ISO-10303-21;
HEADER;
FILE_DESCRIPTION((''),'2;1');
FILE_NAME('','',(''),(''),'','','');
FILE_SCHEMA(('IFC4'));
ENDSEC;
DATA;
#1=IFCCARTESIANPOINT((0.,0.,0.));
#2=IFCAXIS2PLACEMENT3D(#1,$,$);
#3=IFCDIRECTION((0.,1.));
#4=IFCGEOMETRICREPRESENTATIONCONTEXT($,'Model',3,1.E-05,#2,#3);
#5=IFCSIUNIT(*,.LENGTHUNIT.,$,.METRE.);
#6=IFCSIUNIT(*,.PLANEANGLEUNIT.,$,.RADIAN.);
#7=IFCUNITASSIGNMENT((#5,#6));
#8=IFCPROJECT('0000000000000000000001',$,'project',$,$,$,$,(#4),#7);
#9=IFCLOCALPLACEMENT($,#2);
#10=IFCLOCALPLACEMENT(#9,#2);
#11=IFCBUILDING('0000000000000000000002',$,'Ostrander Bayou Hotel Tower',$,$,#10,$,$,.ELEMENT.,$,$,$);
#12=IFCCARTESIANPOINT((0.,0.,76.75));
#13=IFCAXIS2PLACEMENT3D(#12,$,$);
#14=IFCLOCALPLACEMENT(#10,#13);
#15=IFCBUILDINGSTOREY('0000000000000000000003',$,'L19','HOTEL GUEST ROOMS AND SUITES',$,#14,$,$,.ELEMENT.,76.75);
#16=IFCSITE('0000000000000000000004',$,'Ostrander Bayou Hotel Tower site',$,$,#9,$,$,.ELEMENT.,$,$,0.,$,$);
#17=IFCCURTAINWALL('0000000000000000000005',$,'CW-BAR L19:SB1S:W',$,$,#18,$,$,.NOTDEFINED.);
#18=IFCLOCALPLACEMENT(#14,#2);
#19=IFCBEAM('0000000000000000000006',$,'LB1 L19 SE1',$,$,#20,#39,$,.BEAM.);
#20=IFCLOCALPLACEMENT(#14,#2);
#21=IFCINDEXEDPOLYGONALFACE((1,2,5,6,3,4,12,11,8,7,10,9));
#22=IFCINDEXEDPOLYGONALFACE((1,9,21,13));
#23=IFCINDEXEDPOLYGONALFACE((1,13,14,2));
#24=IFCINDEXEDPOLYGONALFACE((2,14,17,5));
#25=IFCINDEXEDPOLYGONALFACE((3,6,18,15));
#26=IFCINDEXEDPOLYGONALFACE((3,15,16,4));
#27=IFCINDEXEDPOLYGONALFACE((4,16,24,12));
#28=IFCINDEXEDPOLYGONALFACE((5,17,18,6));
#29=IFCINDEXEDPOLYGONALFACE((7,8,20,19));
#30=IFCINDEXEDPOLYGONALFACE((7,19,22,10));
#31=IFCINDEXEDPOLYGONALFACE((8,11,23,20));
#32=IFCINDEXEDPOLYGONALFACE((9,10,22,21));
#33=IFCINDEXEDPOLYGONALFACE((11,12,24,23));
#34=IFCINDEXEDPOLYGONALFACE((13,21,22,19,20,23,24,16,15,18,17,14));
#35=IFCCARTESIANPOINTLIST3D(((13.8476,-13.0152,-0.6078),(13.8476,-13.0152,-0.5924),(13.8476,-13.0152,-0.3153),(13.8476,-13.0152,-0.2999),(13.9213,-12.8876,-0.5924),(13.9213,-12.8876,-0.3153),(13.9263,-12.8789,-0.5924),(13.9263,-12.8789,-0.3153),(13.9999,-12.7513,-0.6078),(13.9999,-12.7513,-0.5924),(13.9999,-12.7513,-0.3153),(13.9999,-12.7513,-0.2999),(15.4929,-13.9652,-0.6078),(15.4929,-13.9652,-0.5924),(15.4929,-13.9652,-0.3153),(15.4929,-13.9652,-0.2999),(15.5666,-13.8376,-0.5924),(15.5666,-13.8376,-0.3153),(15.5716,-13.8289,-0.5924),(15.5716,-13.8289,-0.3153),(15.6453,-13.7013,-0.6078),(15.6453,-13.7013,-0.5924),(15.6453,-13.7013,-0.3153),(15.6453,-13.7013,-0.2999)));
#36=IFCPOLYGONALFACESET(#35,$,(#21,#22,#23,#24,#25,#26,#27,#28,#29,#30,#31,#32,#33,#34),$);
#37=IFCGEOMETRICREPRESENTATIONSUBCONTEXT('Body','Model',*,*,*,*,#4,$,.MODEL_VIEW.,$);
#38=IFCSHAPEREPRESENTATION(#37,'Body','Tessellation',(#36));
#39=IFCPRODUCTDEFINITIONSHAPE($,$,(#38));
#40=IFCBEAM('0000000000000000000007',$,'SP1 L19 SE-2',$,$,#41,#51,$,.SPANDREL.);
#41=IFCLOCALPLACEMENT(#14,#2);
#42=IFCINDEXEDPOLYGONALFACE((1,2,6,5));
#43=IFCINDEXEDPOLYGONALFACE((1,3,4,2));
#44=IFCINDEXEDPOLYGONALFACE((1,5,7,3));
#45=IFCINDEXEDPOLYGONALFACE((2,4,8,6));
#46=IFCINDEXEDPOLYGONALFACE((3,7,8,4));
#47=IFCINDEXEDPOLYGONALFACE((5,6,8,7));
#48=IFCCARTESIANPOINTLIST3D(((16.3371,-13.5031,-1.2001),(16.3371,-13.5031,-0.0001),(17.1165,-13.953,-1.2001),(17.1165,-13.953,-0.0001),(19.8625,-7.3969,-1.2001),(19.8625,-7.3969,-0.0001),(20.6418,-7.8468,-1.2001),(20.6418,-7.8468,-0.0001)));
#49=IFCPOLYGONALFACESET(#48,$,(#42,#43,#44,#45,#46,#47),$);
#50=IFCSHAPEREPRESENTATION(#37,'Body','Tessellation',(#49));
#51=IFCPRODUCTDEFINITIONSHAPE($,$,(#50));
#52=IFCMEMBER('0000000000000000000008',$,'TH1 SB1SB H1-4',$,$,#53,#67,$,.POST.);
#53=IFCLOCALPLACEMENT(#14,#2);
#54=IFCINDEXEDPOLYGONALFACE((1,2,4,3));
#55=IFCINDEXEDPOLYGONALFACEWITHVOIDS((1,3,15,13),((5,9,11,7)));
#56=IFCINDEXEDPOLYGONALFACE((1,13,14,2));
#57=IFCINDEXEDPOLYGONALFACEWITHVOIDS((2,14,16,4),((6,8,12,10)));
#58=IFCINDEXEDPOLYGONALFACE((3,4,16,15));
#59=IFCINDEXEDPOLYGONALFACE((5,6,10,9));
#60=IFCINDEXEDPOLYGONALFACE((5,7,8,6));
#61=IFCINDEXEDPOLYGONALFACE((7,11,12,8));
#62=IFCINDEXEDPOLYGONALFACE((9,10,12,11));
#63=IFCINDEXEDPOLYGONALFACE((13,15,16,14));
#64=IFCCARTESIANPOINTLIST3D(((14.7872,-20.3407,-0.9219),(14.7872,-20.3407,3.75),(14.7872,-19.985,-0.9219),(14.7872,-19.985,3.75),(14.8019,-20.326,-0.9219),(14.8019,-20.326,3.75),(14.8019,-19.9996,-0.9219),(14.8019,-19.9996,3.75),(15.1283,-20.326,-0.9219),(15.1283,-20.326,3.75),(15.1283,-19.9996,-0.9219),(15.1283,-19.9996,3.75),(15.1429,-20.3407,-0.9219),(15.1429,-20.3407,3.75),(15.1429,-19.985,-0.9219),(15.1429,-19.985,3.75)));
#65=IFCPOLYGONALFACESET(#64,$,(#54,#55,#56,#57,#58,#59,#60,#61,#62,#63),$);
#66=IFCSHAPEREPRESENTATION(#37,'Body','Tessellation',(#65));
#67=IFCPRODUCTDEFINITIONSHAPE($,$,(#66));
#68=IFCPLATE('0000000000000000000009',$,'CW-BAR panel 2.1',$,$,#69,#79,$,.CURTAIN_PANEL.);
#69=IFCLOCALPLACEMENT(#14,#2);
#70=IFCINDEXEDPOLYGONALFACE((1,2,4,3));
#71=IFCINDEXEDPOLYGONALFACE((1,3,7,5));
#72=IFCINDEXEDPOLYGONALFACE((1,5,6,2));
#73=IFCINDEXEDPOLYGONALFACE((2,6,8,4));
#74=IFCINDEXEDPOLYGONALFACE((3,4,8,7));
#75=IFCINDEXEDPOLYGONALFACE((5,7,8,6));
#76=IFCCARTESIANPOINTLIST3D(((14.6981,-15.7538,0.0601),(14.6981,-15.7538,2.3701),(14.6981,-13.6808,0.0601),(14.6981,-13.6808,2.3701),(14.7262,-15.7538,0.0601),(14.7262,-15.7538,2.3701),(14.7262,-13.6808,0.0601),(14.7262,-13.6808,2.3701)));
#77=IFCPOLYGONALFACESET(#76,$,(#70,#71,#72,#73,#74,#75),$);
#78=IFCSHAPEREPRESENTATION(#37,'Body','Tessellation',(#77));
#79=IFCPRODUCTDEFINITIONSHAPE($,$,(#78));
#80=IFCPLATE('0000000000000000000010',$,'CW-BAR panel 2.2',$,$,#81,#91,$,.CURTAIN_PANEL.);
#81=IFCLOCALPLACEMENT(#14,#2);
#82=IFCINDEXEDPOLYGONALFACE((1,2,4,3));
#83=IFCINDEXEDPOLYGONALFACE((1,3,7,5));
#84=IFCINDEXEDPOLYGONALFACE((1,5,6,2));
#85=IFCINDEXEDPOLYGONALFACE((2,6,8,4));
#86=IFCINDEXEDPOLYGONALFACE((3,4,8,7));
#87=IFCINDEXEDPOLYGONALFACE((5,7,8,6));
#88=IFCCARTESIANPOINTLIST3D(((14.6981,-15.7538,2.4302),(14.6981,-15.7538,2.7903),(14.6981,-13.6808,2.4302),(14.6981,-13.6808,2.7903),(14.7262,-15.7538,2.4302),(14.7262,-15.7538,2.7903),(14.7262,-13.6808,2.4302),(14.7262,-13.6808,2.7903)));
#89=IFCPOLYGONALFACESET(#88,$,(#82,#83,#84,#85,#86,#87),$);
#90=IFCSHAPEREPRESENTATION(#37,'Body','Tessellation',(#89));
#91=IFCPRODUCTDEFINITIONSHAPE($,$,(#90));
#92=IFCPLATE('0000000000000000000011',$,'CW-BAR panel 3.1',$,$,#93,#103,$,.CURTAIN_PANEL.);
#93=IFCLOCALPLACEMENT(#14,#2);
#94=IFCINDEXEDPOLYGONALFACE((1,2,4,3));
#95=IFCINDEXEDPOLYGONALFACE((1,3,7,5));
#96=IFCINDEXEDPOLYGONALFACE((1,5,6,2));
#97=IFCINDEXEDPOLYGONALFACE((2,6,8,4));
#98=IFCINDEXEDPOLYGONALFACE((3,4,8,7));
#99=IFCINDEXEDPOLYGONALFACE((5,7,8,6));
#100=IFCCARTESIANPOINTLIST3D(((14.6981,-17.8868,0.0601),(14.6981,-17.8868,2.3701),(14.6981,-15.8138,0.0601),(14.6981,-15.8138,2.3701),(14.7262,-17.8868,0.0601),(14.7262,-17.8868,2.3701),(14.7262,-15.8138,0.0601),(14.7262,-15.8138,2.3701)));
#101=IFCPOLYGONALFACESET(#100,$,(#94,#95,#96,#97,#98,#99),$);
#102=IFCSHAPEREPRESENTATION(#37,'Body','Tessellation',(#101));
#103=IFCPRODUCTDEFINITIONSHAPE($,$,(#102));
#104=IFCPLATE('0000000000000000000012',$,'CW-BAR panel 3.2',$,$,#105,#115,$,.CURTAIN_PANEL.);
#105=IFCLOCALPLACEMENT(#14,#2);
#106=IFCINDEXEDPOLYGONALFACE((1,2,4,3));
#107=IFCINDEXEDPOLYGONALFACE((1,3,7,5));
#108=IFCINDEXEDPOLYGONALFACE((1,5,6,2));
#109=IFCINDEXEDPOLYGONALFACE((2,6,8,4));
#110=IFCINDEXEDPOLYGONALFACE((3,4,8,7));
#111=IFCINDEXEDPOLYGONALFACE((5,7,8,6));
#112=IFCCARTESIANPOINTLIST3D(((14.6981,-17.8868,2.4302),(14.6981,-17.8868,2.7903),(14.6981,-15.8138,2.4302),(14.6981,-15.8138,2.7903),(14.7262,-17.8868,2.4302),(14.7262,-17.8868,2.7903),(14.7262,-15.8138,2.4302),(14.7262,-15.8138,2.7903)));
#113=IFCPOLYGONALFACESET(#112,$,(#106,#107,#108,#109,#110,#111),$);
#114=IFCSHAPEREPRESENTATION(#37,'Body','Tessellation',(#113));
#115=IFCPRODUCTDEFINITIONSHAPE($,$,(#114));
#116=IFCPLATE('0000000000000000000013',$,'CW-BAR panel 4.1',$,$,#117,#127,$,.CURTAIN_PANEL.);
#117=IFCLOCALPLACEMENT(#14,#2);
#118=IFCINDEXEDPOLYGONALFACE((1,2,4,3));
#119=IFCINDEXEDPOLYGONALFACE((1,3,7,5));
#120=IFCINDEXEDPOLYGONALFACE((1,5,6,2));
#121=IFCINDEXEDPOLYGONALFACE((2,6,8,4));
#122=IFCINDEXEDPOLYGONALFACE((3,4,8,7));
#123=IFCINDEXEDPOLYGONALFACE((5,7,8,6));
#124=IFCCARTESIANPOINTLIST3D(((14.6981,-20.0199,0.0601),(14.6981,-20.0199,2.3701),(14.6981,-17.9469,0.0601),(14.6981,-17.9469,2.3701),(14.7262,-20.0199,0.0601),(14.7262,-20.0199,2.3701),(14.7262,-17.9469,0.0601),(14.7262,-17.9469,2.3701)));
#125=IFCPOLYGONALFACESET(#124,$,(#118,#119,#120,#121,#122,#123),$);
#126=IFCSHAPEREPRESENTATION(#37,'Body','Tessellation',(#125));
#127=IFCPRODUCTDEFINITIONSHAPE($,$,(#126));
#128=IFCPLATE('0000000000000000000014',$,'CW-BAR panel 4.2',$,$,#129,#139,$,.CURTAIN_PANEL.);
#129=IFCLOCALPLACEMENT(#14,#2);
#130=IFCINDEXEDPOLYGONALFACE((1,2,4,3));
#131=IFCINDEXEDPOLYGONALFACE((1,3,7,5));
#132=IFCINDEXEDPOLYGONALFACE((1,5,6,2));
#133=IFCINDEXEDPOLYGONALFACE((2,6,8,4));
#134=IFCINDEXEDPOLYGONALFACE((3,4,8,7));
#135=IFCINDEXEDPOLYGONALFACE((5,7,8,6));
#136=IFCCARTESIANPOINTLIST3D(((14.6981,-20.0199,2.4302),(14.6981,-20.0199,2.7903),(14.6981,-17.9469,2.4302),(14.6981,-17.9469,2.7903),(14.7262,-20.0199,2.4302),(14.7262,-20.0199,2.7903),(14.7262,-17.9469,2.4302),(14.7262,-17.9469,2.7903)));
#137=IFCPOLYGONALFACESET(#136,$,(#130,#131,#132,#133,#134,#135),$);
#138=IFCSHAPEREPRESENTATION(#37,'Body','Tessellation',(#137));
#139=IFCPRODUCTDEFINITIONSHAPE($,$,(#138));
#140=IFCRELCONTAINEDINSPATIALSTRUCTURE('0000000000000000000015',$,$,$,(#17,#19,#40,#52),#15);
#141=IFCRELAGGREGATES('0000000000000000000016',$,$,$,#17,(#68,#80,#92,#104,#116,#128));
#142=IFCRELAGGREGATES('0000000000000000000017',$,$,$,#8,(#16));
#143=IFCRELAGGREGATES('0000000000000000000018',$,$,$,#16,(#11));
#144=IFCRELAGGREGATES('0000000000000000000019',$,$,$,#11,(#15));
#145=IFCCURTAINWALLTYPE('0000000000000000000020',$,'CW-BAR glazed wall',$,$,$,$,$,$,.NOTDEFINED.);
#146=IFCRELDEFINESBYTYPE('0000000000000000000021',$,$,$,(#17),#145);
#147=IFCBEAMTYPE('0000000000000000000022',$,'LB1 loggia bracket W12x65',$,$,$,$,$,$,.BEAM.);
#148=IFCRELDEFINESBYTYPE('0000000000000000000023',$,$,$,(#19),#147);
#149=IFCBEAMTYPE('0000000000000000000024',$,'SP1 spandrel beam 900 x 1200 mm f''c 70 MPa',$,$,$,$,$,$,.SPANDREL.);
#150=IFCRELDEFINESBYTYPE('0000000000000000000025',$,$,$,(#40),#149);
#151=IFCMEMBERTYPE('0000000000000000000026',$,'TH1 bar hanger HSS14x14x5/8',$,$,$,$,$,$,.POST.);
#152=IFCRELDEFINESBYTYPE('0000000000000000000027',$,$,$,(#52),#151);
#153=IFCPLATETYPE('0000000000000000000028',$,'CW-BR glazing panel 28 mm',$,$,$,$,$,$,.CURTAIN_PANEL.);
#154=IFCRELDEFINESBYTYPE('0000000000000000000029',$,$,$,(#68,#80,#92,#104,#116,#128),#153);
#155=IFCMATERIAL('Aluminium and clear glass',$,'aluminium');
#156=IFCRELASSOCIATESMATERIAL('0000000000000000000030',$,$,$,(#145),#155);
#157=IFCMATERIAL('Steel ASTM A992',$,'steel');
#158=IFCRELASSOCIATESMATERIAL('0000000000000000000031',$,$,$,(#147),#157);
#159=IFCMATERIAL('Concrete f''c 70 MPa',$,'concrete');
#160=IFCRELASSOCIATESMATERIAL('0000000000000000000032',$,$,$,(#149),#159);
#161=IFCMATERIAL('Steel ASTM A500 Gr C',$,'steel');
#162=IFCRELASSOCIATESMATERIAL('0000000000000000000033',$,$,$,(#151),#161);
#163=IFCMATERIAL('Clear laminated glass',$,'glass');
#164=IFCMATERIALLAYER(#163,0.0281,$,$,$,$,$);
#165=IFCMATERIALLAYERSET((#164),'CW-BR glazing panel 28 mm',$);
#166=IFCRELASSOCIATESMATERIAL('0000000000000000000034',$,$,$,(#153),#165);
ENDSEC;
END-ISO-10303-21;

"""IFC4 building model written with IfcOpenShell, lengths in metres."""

from ifc_helpers import new_model, si_unit, direction, frame, origin, origin_2d, place, context, subcontext, project, spatial, rectangle, hollow_rectangle, i_section, extrude, material, layer, layer_set, material_profile, profile_set, type_object, element, aggregate, save


model = new_model("IFC4")

# Units and contexts
model_context = context("Model", 3, precision=1e-05, world=origin(), true_north=direction((0.0, 1.0)))
body_context = subcontext(model_context, "Body", "Model", "MODEL_VIEW")
ifc_project = project(units=[si_unit("LENGTHUNIT", "METRE"), si_unit("PLANEANGLEUNIT", "RADIAN")], contexts=[model_context])

# Site, building, storey
site_placement = place(None, origin())
site = spatial("IfcSite", under=ifc_project, at=site_placement, Name="Ostrander Bayou Hotel Tower site", CompositionType="ELEMENT", RefElevation=0.0)
building_placement = place(site_placement, origin())
building = spatial("IfcBuilding", under=site, at=building_placement, Name="Ostrander Bayou Hotel Tower", CompositionType="ELEMENT")
storey_placement = place(building_placement, frame((0.0, 0.0, 76.75)))
storey = spatial("IfcBuildingStorey", under=building, at=storey_placement, Name="L19", Description="HOTEL GUEST ROOMS AND SUITES", CompositionType="ELEMENT", Elevation=76.75)

# Curtain wall
ifc_material_1 = material(Name="Aluminium and clear glass", Category="aluminium")
curtain_wall_type = type_object("IfcCurtainWallType", Name="CW-BAR glazed wall", PredefinedType="NOTDEFINED", material=ifc_material_1)
curtain_wall_placement = place(storey_placement, origin())
curtain_wall = element("IfcCurtainWall", 1, at=curtain_wall_placement, inside=storey, type_object=curtain_wall_type, Name="CW-BAR L19:SB1S:W", PredefinedType="NOTDEFINED")

# Beams
ifc_material_2 = material(Name="Steel ASTM A992", Category="steel")
ifc_material_profile_1 = material_profile(ifc_material_2, i_section(OverallWidth=0.3047, OverallDepth=0.3079, WebThickness=0.01, FlangeThickness=0.0154, at=origin_2d()))
ifc_profile_set_1 = profile_set([ifc_material_profile_1], Name="Steel ASTM A992")
beam_type_1 = type_object("IfcBeamType", Name="LB1 loggia bracket W12x65", PredefinedType="BEAM", material=ifc_profile_set_1)
beam_1_placement = place(storey_placement, frame((15.5691, -13.8333, -0.4539), z_axis=(-0.866012, 0.500023, 0.0), x_axis=(-0.500023, -0.866012, 0.0)))
element("IfcBeam", 2, at=beam_1_placement, inside=storey, type_object=beam_type_1, Name="LB1 L19 SE1", PredefinedType="BEAM", context=body_context, shape_type="SweptSolid", body=[
    extrude(i_section(OverallWidth=0.3047, OverallDepth=0.3079, WebThickness=0.01, FlangeThickness=0.0154, at=origin_2d()), origin(), (0.0, 0.0, 1.0), 1.8999),
])
ifc_material_3 = material(Name="Concrete f'c 70 MPa", Category="concrete")
ifc_material_profile_2 = material_profile(ifc_material_3, rectangle(XDim=0.8999, YDim=1.2, at=origin_2d()))
ifc_profile_set_2 = profile_set([ifc_material_profile_2], Name="Concrete f'c 70 MPa")
beam_type_2 = type_object("IfcBeamType", Name="SP1 spandrel beam 900 x 1200 mm f'c 70 MPa", PredefinedType="SPANDREL", material=ifc_profile_set_2)
beam_2_placement = place(storey_placement, frame((16.7268, -13.728, -0.6001), z_axis=(0.499997, 0.866027, 0.0), x_axis=(-0.866027, 0.499997, 0.0)))
element("IfcBeam", 3, at=beam_2_placement, inside=storey, type_object=beam_type_2, Name="SP1 L19 SE-2", PredefinedType="SPANDREL", context=body_context, shape_type="SweptSolid", body=[
    extrude(rectangle(XDim=0.8999, YDim=1.2, at=origin_2d()), origin(), (0.0, 0.0, 1.0), 7.0508),
])

# Member
ifc_material_4 = material(Name="Steel ASTM A500 Gr C", Category="steel")
ifc_material_profile_3 = material_profile(ifc_material_4, hollow_rectangle(XDim=0.3557, YDim=0.3557, WallThickness=0.0146, at=origin_2d()))
ifc_profile_set_3 = profile_set([ifc_material_profile_3], Name="Steel ASTM A500 Gr C")
member_type_1 = type_object("IfcMemberType", Name="TH1 bar hanger HSS14x14x5/8", PredefinedType="POST", material=ifc_profile_set_3)
member_1_placement = place(storey_placement, frame((14.9651, -20.1628, -0.9219), z_axis=(0.0, 0.0, 1.0), x_axis=(1.0, 0.0, 0.0)))
element("IfcMember", 4, at=member_1_placement, inside=storey, type_object=member_type_1, Name="TH1 SB1SB H1-4", PredefinedType="POST", context=body_context, shape_type="SweptSolid", body=[
    extrude(hollow_rectangle(XDim=0.3557, YDim=0.3557, WallThickness=0.0146, at=origin_2d()), origin(), (0.0, 0.0, 1.0), 4.6719),
])

# Plates
ifc_material_5 = material(Name="Clear laminated glass", Category="glass")
ifc_layer = layer(ifc_material_5, 0.0281)
ifc_layer_set = layer_set([ifc_layer], Name="CW-BR glazing panel 28 mm")
plate_type = type_object("IfcPlateType", Name="CW-BR glazing panel 28 mm", PredefinedType="CURTAIN_PANEL", material=ifc_layer_set)
plate_1_placement = place(storey_placement, frame((14.7122, -14.7173, 0.0601), z_axis=(0.0, 0.0, 1.0), x_axis=(0.0, -1.0, 0.0)))
plate_1 = element("IfcPlate", 5, at=plate_1_placement, type_object=plate_type, Name="CW-BAR panel 2.1", PredefinedType="CURTAIN_PANEL", context=body_context, shape_type="SweptSolid", body=[
    extrude(rectangle(XDim=2.073, YDim=0.0281, at=origin_2d()), origin(), (0.0, 0.0, 1.0), 2.3101),
])
plate_2_placement = place(storey_placement, frame((14.7122, -14.7173, 2.4302), z_axis=(0.0, 0.0, 1.0), x_axis=(0.0, -1.0, 0.0)))
plate_2 = element("IfcPlate", 6, at=plate_2_placement, type_object=plate_type, Name="CW-BAR panel 2.2", PredefinedType="CURTAIN_PANEL", context=body_context, shape_type="SweptSolid", body=[
    extrude(rectangle(XDim=2.073, YDim=0.0281, at=origin_2d()), origin(), (0.0, 0.0, 1.0), 0.3601),
])
plate_3_placement = place(storey_placement, frame((14.7122, -16.8503, 0.0601), z_axis=(0.0, 0.0, 1.0), x_axis=(0.0, -1.0, 0.0)))
plate_3 = element("IfcPlate", 7, at=plate_3_placement, type_object=plate_type, Name="CW-BAR panel 3.1", PredefinedType="CURTAIN_PANEL", context=body_context, shape_type="SweptSolid", body=[
    extrude(rectangle(XDim=2.073, YDim=0.0281, at=origin_2d()), origin(), (0.0, 0.0, 1.0), 2.3101),
])
plate_4_placement = place(storey_placement, frame((14.7122, -16.8503, 2.4302), z_axis=(0.0, 0.0, 1.0), x_axis=(0.0, -1.0, 0.0)))
plate_4 = element("IfcPlate", 8, at=plate_4_placement, type_object=plate_type, Name="CW-BAR panel 3.2", PredefinedType="CURTAIN_PANEL", context=body_context, shape_type="SweptSolid", body=[
    extrude(rectangle(XDim=2.073, YDim=0.0281, at=origin_2d()), origin(), (0.0, 0.0, 1.0), 0.3601),
])
plate_5_placement = place(storey_placement, frame((14.7122, -18.9834, 0.0601), z_axis=(0.0, 0.0, 1.0), x_axis=(0.0, -1.0, 0.0)))
plate_5 = element("IfcPlate", 9, at=plate_5_placement, type_object=plate_type, Name="CW-BAR panel 4.1", PredefinedType="CURTAIN_PANEL", context=body_context, shape_type="SweptSolid", body=[
    extrude(rectangle(XDim=2.073, YDim=0.0281, at=origin_2d()), origin(), (0.0, 0.0, 1.0), 2.3101),
])
plate_6_placement = place(storey_placement, frame((14.7122, -18.9834, 2.4302), z_axis=(0.0, 0.0, 1.0), x_axis=(0.0, -1.0, 0.0)))
plate_6 = element("IfcPlate", 10, at=plate_6_placement, type_object=plate_type, Name="CW-BAR panel 4.2", PredefinedType="CURTAIN_PANEL", context=body_context, shape_type="SweptSolid", body=[
    extrude(rectangle(XDim=2.073, YDim=0.0281, at=origin_2d()), origin(), (0.0, 0.0, 1.0), 0.3601),
])
aggregate(curtain_wall, [plate_1, plate_2, plate_3, plate_4, plate_5, plate_6])

save(model, "model.ifc")
